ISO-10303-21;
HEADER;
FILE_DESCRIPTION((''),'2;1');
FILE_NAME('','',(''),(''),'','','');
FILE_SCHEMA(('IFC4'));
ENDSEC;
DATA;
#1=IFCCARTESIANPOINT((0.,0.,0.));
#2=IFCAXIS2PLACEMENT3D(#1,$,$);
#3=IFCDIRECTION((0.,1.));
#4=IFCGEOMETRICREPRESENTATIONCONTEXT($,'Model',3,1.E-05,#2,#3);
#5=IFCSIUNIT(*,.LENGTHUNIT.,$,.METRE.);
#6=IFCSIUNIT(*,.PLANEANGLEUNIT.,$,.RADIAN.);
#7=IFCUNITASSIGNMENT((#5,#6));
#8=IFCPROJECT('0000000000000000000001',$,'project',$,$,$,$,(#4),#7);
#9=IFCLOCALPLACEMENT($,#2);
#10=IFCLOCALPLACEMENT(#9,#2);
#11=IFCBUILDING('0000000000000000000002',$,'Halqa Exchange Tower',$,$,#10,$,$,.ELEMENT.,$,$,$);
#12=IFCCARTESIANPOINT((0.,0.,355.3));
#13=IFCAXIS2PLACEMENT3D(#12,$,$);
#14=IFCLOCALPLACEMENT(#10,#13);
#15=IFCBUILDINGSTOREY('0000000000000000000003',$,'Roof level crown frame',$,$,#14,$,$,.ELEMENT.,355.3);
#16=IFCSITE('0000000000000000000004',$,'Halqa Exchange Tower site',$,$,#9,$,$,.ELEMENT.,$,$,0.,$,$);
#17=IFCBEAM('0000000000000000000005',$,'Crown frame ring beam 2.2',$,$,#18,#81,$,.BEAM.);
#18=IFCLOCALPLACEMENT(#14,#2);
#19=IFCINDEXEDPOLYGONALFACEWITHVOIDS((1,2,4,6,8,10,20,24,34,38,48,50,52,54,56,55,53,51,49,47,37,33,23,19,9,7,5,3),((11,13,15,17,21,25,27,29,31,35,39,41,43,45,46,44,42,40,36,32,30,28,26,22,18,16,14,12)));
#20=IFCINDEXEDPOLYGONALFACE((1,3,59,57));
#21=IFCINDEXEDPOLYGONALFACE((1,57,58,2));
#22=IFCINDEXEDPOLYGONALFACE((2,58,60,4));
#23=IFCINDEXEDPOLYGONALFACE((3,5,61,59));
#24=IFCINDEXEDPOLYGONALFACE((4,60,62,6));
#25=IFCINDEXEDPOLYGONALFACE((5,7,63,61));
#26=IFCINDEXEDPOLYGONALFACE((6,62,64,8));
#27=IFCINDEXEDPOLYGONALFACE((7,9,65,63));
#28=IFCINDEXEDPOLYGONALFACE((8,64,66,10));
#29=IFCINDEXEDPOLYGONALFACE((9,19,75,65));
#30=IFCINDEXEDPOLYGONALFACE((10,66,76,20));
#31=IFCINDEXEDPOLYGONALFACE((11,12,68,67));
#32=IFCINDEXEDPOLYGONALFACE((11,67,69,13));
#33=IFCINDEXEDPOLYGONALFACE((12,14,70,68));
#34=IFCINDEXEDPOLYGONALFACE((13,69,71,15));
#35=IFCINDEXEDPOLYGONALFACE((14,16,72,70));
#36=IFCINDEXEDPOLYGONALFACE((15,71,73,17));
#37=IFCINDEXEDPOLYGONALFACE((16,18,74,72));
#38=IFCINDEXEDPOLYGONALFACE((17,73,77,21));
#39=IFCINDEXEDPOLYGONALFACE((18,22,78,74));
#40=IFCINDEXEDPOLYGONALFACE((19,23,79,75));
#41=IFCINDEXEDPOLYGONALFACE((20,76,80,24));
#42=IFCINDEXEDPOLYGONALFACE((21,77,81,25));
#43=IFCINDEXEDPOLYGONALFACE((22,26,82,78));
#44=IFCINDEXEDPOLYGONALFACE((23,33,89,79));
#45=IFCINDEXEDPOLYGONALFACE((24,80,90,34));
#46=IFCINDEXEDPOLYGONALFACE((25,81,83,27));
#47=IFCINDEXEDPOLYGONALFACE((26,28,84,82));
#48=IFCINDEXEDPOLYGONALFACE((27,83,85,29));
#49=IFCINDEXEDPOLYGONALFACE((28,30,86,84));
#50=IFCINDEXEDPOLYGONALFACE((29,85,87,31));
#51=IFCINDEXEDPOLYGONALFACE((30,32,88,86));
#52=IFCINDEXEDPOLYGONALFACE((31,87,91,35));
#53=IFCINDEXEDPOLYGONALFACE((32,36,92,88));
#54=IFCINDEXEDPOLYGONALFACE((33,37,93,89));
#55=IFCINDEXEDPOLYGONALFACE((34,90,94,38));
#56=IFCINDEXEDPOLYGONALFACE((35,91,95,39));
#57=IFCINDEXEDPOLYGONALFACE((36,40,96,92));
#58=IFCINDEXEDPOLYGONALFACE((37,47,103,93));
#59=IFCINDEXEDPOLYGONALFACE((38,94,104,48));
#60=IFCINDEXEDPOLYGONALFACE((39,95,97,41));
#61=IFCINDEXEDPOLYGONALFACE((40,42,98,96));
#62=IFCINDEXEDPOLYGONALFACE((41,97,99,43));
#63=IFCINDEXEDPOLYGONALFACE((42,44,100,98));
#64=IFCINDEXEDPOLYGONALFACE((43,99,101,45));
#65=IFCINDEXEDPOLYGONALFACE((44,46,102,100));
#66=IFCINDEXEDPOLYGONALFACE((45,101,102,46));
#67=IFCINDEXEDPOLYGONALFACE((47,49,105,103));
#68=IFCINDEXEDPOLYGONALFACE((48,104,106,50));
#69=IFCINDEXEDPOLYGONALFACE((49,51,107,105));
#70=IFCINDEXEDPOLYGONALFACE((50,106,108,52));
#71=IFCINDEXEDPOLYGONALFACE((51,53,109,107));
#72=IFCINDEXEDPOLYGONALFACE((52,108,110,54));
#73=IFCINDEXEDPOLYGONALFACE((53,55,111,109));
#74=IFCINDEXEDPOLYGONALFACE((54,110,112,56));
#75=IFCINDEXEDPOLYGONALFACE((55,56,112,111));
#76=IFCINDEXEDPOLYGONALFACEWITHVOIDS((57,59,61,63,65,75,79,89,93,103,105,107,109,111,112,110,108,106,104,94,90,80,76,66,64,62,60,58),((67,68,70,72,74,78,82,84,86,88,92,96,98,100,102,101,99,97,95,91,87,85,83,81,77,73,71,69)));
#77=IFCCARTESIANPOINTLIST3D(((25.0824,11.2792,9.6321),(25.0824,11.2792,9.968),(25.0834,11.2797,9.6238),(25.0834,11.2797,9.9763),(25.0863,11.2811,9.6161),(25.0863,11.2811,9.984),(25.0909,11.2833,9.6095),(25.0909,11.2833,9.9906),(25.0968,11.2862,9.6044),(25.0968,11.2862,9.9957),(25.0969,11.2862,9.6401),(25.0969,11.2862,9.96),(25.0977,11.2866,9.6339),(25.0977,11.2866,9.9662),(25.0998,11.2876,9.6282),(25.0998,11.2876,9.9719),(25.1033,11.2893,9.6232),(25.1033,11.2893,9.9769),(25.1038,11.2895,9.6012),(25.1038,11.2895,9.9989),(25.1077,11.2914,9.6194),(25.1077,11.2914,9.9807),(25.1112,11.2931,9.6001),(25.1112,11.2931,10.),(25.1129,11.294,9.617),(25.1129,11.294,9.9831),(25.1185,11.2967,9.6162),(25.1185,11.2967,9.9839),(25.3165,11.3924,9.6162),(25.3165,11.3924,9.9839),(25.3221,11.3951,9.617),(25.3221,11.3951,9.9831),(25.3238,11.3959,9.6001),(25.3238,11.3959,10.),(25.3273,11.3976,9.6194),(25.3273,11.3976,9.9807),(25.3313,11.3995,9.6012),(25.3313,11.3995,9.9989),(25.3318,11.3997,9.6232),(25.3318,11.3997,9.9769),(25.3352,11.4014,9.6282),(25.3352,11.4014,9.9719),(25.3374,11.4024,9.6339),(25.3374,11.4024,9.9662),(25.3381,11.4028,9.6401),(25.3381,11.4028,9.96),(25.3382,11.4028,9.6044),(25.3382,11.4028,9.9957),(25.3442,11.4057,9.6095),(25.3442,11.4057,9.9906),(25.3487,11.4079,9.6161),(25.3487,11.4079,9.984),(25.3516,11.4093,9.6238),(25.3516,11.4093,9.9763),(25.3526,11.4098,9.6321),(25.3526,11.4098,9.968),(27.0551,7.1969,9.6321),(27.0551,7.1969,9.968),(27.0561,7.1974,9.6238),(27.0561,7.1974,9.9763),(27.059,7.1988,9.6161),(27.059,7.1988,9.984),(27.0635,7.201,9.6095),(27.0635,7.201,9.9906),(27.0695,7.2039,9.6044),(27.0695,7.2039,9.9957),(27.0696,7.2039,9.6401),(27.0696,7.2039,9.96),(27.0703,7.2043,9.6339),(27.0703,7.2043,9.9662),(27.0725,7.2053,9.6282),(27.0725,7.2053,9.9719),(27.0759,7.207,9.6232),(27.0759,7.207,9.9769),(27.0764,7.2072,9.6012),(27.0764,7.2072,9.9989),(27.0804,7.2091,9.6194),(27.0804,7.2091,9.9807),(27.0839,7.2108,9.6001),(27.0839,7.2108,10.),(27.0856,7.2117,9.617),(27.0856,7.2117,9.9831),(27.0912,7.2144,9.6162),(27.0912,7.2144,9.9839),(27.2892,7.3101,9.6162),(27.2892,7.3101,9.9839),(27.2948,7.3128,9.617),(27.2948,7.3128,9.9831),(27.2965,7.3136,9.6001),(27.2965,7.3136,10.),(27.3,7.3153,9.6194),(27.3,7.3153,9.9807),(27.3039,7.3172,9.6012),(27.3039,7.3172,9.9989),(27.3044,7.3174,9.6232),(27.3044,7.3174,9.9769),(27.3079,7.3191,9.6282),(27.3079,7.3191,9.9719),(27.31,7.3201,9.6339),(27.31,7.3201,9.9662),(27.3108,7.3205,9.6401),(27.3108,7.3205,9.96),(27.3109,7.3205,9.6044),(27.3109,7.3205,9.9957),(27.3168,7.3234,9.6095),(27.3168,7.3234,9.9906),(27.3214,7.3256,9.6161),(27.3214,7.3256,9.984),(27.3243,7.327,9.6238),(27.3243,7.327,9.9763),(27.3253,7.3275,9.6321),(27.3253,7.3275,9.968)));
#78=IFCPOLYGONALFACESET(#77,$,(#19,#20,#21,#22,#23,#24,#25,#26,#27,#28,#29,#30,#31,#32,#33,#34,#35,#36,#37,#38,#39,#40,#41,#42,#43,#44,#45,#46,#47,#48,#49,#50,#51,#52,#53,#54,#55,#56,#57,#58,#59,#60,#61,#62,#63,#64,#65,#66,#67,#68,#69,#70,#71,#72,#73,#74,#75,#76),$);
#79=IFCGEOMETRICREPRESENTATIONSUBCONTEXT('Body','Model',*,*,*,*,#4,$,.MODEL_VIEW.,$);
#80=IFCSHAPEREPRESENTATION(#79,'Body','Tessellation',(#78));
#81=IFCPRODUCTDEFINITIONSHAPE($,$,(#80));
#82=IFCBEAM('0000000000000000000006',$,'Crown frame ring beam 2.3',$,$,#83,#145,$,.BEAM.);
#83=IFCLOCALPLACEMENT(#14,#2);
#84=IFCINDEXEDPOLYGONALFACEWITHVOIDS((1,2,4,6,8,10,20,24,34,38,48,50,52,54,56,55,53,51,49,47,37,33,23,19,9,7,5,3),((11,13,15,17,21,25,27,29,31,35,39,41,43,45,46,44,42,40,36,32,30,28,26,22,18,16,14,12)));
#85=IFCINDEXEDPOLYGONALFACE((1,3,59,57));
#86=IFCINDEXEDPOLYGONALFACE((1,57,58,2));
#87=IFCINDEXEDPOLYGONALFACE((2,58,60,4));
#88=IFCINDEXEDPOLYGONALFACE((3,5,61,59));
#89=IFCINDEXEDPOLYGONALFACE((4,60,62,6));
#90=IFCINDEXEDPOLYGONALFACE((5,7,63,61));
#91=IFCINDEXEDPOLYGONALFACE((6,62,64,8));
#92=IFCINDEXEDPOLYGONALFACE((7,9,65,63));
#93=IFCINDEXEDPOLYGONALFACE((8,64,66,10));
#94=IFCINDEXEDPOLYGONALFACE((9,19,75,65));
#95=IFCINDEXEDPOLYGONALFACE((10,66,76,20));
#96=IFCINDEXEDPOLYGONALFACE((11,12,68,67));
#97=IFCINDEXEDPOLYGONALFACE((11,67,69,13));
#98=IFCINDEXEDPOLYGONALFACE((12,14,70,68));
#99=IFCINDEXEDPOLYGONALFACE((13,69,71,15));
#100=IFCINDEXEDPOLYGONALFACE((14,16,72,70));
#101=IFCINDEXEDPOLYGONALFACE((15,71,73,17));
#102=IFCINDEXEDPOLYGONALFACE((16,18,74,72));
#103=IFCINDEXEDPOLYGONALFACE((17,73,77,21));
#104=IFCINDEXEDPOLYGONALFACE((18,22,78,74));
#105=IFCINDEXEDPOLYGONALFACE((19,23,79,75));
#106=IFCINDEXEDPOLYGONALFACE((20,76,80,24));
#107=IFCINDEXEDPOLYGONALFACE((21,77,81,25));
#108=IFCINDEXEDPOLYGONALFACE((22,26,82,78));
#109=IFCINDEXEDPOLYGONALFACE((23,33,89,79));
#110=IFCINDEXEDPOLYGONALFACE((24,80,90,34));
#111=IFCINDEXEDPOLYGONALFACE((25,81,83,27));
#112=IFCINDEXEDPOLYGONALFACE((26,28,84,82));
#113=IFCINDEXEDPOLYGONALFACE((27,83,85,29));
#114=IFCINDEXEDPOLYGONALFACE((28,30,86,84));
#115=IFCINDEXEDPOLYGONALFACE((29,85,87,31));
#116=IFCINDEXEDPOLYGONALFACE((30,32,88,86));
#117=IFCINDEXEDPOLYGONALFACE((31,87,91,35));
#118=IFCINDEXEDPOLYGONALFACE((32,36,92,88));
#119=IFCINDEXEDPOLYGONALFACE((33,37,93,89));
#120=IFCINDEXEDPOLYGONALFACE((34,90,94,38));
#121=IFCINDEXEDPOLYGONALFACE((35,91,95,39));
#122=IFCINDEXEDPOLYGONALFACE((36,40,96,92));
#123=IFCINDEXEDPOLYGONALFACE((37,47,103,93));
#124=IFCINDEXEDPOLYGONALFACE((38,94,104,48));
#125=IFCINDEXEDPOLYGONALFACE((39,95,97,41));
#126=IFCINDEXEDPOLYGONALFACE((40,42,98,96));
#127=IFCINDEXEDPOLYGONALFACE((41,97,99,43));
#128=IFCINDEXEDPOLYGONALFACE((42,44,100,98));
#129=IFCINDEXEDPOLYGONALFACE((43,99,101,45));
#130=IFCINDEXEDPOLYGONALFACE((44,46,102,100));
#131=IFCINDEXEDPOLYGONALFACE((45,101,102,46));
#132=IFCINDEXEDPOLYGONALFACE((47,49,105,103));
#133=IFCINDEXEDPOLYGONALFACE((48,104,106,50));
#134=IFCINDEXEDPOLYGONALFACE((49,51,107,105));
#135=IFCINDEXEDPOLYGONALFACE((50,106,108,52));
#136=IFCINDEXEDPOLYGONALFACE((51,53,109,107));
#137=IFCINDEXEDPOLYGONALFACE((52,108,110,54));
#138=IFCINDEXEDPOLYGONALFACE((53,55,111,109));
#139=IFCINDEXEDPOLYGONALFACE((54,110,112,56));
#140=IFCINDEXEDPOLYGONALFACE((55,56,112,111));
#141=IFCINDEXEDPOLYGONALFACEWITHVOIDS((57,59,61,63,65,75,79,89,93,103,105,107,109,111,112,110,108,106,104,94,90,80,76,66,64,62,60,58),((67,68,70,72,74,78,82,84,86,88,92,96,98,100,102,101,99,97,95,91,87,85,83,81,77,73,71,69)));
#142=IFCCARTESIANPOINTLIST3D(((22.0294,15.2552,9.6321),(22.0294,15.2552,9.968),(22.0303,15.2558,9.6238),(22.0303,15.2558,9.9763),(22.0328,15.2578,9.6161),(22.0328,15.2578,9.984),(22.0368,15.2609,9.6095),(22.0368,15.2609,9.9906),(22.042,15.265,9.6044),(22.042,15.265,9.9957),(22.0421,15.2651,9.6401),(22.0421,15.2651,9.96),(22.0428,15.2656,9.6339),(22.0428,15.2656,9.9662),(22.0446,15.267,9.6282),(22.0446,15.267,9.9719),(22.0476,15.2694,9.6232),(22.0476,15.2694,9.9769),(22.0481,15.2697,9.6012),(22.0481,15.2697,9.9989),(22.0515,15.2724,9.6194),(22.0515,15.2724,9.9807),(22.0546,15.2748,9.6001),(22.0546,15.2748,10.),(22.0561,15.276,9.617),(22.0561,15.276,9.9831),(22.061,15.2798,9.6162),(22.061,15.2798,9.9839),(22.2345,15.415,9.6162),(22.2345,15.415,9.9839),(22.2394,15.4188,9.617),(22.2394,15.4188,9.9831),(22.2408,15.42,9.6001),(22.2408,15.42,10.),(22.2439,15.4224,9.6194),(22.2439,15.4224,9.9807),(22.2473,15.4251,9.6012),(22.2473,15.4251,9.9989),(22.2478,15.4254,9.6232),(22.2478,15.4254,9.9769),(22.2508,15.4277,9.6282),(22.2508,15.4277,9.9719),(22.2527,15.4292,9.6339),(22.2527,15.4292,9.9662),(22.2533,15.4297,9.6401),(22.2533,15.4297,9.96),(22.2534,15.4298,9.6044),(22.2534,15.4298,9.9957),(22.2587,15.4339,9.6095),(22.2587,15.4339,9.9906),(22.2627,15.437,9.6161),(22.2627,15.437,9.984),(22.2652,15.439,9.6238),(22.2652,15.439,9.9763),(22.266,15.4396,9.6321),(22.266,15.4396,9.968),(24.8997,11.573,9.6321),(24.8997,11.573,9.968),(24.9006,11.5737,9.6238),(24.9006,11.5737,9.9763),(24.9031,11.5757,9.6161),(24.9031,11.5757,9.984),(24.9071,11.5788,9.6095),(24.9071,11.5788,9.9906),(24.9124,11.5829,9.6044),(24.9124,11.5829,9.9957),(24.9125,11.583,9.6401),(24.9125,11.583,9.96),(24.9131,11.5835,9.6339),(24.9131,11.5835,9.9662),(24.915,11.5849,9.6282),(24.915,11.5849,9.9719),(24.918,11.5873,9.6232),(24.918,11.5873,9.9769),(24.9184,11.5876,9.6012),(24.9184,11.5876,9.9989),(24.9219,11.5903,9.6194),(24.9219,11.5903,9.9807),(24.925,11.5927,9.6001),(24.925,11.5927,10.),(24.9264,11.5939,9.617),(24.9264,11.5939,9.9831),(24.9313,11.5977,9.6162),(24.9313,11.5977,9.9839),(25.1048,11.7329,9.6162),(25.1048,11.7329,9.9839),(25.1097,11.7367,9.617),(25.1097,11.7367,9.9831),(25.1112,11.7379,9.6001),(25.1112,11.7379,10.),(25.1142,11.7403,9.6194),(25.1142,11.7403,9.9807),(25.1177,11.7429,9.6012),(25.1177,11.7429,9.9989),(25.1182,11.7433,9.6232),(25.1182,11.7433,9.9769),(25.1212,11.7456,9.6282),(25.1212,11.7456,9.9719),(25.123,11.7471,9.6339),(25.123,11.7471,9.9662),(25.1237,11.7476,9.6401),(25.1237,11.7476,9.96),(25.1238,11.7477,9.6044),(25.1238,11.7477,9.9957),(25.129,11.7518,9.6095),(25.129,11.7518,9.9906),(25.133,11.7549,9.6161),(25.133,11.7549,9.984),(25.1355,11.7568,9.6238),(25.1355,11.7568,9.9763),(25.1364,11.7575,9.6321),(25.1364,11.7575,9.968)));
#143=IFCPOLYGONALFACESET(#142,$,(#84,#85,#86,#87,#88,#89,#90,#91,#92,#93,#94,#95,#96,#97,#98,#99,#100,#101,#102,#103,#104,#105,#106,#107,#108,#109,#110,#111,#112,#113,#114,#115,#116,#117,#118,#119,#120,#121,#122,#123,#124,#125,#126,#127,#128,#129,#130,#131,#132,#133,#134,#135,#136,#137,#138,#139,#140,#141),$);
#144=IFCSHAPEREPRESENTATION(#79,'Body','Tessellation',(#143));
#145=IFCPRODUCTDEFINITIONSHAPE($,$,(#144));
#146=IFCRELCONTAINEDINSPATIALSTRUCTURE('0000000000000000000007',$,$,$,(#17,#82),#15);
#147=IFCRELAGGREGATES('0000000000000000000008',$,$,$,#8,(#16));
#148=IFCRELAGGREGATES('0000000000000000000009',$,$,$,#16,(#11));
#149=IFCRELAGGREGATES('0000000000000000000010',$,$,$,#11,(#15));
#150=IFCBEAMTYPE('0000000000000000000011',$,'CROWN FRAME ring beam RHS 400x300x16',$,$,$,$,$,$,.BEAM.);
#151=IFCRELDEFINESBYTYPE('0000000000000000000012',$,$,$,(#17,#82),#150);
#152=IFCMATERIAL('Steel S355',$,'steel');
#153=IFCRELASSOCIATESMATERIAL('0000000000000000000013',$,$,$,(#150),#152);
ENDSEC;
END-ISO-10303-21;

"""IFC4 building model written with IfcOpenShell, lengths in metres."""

from ifc_helpers import new_model, si_unit, direction, frame, origin, origin_2d, place, context, subcontext, project, spatial, hollow_rectangle, extrude, material, material_profile, profile_set, type_object, element, save


model = new_model("IFC4")

# Units and contexts
model_context = context("Model", 3, precision=1e-05, world=origin(), true_north=direction((0.0, 1.0)))
body_context = subcontext(model_context, "Body", "Model", "MODEL_VIEW")
ifc_project = project(units=[si_unit("LENGTHUNIT", "METRE"), si_unit("PLANEANGLEUNIT", "RADIAN")], contexts=[model_context])

# Site, building, storey
site_placement = place(None, origin())
site = spatial("IfcSite", under=ifc_project, at=site_placement, Name="Halqa Exchange Tower site", CompositionType="ELEMENT", RefElevation=0.0)
building_placement = place(site_placement, origin())
building = spatial("IfcBuilding", under=site, at=building_placement, Name="Halqa Exchange Tower", CompositionType="ELEMENT")
storey_placement = place(building_placement, frame((0.0, 0.0, 355.3)))
storey = spatial("IfcBuildingStorey", under=building, at=storey_placement, Name="Roof level crown frame", CompositionType="ELEMENT", Elevation=355.3)

# Shared definitions
ifc_material_1 = material(Name="Steel S355", Category="steel")

# Beams
ifc_material_profile_1 = material_profile(ifc_material_1, hollow_rectangle(XDim=0.3, YDim=0.3999, WallThickness=0.0161, InnerFilletRadius=0.0239, OuterFilletRadius=0.032, at=origin_2d()), Name="RHS 400x300x16")
ifc_profile_set_1 = profile_set([ifc_material_profile_1], Name="Steel S355")
beam_type = type_object("IfcBeamType", Name="CROWN FRAME ring beam RHS 400x300x16", PredefinedType="BEAM", material=ifc_profile_set_1)
beam_1_placement = place(storey_placement, frame((27.1902, 7.2622, 9.8), z_axis=(-0.435089, 0.900387, 0.0), x_axis=(-0.900387, -0.435089, 0.0)))
element("IfcBeam", 1, at=beam_1_placement, inside=storey, type_object=beam_type, Name="Crown frame ring beam 2.2", PredefinedType="BEAM", context=body_context, shape_type="SweptSolid", body=[
    extrude(hollow_rectangle(XDim=0.3, YDim=0.3999, WallThickness=0.0161, InnerFilletRadius=0.0239, OuterFilletRadius=0.032, at=origin_2d()), origin(), (0.0, 0.0, 1.0), 4.5339),
])
beam_2_placement = place(storey_placement, frame((25.0181, 11.6653, 9.8), z_axis=(-0.614805, 0.788679, 0.0), x_axis=(-0.788679, -0.614805, 0.0)))
element("IfcBeam", 2, at=beam_2_placement, inside=storey, type_object=beam_type, Name="Crown frame ring beam 2.3", PredefinedType="BEAM", context=body_context, shape_type="SweptSolid", body=[
    extrude(hollow_rectangle(XDim=0.3, YDim=0.3999, WallThickness=0.0161, InnerFilletRadius=0.0239, OuterFilletRadius=0.032, at=origin_2d()), origin(), (0.0, 0.0, 1.0), 4.6687),
])

save(model, "model.ifc")
